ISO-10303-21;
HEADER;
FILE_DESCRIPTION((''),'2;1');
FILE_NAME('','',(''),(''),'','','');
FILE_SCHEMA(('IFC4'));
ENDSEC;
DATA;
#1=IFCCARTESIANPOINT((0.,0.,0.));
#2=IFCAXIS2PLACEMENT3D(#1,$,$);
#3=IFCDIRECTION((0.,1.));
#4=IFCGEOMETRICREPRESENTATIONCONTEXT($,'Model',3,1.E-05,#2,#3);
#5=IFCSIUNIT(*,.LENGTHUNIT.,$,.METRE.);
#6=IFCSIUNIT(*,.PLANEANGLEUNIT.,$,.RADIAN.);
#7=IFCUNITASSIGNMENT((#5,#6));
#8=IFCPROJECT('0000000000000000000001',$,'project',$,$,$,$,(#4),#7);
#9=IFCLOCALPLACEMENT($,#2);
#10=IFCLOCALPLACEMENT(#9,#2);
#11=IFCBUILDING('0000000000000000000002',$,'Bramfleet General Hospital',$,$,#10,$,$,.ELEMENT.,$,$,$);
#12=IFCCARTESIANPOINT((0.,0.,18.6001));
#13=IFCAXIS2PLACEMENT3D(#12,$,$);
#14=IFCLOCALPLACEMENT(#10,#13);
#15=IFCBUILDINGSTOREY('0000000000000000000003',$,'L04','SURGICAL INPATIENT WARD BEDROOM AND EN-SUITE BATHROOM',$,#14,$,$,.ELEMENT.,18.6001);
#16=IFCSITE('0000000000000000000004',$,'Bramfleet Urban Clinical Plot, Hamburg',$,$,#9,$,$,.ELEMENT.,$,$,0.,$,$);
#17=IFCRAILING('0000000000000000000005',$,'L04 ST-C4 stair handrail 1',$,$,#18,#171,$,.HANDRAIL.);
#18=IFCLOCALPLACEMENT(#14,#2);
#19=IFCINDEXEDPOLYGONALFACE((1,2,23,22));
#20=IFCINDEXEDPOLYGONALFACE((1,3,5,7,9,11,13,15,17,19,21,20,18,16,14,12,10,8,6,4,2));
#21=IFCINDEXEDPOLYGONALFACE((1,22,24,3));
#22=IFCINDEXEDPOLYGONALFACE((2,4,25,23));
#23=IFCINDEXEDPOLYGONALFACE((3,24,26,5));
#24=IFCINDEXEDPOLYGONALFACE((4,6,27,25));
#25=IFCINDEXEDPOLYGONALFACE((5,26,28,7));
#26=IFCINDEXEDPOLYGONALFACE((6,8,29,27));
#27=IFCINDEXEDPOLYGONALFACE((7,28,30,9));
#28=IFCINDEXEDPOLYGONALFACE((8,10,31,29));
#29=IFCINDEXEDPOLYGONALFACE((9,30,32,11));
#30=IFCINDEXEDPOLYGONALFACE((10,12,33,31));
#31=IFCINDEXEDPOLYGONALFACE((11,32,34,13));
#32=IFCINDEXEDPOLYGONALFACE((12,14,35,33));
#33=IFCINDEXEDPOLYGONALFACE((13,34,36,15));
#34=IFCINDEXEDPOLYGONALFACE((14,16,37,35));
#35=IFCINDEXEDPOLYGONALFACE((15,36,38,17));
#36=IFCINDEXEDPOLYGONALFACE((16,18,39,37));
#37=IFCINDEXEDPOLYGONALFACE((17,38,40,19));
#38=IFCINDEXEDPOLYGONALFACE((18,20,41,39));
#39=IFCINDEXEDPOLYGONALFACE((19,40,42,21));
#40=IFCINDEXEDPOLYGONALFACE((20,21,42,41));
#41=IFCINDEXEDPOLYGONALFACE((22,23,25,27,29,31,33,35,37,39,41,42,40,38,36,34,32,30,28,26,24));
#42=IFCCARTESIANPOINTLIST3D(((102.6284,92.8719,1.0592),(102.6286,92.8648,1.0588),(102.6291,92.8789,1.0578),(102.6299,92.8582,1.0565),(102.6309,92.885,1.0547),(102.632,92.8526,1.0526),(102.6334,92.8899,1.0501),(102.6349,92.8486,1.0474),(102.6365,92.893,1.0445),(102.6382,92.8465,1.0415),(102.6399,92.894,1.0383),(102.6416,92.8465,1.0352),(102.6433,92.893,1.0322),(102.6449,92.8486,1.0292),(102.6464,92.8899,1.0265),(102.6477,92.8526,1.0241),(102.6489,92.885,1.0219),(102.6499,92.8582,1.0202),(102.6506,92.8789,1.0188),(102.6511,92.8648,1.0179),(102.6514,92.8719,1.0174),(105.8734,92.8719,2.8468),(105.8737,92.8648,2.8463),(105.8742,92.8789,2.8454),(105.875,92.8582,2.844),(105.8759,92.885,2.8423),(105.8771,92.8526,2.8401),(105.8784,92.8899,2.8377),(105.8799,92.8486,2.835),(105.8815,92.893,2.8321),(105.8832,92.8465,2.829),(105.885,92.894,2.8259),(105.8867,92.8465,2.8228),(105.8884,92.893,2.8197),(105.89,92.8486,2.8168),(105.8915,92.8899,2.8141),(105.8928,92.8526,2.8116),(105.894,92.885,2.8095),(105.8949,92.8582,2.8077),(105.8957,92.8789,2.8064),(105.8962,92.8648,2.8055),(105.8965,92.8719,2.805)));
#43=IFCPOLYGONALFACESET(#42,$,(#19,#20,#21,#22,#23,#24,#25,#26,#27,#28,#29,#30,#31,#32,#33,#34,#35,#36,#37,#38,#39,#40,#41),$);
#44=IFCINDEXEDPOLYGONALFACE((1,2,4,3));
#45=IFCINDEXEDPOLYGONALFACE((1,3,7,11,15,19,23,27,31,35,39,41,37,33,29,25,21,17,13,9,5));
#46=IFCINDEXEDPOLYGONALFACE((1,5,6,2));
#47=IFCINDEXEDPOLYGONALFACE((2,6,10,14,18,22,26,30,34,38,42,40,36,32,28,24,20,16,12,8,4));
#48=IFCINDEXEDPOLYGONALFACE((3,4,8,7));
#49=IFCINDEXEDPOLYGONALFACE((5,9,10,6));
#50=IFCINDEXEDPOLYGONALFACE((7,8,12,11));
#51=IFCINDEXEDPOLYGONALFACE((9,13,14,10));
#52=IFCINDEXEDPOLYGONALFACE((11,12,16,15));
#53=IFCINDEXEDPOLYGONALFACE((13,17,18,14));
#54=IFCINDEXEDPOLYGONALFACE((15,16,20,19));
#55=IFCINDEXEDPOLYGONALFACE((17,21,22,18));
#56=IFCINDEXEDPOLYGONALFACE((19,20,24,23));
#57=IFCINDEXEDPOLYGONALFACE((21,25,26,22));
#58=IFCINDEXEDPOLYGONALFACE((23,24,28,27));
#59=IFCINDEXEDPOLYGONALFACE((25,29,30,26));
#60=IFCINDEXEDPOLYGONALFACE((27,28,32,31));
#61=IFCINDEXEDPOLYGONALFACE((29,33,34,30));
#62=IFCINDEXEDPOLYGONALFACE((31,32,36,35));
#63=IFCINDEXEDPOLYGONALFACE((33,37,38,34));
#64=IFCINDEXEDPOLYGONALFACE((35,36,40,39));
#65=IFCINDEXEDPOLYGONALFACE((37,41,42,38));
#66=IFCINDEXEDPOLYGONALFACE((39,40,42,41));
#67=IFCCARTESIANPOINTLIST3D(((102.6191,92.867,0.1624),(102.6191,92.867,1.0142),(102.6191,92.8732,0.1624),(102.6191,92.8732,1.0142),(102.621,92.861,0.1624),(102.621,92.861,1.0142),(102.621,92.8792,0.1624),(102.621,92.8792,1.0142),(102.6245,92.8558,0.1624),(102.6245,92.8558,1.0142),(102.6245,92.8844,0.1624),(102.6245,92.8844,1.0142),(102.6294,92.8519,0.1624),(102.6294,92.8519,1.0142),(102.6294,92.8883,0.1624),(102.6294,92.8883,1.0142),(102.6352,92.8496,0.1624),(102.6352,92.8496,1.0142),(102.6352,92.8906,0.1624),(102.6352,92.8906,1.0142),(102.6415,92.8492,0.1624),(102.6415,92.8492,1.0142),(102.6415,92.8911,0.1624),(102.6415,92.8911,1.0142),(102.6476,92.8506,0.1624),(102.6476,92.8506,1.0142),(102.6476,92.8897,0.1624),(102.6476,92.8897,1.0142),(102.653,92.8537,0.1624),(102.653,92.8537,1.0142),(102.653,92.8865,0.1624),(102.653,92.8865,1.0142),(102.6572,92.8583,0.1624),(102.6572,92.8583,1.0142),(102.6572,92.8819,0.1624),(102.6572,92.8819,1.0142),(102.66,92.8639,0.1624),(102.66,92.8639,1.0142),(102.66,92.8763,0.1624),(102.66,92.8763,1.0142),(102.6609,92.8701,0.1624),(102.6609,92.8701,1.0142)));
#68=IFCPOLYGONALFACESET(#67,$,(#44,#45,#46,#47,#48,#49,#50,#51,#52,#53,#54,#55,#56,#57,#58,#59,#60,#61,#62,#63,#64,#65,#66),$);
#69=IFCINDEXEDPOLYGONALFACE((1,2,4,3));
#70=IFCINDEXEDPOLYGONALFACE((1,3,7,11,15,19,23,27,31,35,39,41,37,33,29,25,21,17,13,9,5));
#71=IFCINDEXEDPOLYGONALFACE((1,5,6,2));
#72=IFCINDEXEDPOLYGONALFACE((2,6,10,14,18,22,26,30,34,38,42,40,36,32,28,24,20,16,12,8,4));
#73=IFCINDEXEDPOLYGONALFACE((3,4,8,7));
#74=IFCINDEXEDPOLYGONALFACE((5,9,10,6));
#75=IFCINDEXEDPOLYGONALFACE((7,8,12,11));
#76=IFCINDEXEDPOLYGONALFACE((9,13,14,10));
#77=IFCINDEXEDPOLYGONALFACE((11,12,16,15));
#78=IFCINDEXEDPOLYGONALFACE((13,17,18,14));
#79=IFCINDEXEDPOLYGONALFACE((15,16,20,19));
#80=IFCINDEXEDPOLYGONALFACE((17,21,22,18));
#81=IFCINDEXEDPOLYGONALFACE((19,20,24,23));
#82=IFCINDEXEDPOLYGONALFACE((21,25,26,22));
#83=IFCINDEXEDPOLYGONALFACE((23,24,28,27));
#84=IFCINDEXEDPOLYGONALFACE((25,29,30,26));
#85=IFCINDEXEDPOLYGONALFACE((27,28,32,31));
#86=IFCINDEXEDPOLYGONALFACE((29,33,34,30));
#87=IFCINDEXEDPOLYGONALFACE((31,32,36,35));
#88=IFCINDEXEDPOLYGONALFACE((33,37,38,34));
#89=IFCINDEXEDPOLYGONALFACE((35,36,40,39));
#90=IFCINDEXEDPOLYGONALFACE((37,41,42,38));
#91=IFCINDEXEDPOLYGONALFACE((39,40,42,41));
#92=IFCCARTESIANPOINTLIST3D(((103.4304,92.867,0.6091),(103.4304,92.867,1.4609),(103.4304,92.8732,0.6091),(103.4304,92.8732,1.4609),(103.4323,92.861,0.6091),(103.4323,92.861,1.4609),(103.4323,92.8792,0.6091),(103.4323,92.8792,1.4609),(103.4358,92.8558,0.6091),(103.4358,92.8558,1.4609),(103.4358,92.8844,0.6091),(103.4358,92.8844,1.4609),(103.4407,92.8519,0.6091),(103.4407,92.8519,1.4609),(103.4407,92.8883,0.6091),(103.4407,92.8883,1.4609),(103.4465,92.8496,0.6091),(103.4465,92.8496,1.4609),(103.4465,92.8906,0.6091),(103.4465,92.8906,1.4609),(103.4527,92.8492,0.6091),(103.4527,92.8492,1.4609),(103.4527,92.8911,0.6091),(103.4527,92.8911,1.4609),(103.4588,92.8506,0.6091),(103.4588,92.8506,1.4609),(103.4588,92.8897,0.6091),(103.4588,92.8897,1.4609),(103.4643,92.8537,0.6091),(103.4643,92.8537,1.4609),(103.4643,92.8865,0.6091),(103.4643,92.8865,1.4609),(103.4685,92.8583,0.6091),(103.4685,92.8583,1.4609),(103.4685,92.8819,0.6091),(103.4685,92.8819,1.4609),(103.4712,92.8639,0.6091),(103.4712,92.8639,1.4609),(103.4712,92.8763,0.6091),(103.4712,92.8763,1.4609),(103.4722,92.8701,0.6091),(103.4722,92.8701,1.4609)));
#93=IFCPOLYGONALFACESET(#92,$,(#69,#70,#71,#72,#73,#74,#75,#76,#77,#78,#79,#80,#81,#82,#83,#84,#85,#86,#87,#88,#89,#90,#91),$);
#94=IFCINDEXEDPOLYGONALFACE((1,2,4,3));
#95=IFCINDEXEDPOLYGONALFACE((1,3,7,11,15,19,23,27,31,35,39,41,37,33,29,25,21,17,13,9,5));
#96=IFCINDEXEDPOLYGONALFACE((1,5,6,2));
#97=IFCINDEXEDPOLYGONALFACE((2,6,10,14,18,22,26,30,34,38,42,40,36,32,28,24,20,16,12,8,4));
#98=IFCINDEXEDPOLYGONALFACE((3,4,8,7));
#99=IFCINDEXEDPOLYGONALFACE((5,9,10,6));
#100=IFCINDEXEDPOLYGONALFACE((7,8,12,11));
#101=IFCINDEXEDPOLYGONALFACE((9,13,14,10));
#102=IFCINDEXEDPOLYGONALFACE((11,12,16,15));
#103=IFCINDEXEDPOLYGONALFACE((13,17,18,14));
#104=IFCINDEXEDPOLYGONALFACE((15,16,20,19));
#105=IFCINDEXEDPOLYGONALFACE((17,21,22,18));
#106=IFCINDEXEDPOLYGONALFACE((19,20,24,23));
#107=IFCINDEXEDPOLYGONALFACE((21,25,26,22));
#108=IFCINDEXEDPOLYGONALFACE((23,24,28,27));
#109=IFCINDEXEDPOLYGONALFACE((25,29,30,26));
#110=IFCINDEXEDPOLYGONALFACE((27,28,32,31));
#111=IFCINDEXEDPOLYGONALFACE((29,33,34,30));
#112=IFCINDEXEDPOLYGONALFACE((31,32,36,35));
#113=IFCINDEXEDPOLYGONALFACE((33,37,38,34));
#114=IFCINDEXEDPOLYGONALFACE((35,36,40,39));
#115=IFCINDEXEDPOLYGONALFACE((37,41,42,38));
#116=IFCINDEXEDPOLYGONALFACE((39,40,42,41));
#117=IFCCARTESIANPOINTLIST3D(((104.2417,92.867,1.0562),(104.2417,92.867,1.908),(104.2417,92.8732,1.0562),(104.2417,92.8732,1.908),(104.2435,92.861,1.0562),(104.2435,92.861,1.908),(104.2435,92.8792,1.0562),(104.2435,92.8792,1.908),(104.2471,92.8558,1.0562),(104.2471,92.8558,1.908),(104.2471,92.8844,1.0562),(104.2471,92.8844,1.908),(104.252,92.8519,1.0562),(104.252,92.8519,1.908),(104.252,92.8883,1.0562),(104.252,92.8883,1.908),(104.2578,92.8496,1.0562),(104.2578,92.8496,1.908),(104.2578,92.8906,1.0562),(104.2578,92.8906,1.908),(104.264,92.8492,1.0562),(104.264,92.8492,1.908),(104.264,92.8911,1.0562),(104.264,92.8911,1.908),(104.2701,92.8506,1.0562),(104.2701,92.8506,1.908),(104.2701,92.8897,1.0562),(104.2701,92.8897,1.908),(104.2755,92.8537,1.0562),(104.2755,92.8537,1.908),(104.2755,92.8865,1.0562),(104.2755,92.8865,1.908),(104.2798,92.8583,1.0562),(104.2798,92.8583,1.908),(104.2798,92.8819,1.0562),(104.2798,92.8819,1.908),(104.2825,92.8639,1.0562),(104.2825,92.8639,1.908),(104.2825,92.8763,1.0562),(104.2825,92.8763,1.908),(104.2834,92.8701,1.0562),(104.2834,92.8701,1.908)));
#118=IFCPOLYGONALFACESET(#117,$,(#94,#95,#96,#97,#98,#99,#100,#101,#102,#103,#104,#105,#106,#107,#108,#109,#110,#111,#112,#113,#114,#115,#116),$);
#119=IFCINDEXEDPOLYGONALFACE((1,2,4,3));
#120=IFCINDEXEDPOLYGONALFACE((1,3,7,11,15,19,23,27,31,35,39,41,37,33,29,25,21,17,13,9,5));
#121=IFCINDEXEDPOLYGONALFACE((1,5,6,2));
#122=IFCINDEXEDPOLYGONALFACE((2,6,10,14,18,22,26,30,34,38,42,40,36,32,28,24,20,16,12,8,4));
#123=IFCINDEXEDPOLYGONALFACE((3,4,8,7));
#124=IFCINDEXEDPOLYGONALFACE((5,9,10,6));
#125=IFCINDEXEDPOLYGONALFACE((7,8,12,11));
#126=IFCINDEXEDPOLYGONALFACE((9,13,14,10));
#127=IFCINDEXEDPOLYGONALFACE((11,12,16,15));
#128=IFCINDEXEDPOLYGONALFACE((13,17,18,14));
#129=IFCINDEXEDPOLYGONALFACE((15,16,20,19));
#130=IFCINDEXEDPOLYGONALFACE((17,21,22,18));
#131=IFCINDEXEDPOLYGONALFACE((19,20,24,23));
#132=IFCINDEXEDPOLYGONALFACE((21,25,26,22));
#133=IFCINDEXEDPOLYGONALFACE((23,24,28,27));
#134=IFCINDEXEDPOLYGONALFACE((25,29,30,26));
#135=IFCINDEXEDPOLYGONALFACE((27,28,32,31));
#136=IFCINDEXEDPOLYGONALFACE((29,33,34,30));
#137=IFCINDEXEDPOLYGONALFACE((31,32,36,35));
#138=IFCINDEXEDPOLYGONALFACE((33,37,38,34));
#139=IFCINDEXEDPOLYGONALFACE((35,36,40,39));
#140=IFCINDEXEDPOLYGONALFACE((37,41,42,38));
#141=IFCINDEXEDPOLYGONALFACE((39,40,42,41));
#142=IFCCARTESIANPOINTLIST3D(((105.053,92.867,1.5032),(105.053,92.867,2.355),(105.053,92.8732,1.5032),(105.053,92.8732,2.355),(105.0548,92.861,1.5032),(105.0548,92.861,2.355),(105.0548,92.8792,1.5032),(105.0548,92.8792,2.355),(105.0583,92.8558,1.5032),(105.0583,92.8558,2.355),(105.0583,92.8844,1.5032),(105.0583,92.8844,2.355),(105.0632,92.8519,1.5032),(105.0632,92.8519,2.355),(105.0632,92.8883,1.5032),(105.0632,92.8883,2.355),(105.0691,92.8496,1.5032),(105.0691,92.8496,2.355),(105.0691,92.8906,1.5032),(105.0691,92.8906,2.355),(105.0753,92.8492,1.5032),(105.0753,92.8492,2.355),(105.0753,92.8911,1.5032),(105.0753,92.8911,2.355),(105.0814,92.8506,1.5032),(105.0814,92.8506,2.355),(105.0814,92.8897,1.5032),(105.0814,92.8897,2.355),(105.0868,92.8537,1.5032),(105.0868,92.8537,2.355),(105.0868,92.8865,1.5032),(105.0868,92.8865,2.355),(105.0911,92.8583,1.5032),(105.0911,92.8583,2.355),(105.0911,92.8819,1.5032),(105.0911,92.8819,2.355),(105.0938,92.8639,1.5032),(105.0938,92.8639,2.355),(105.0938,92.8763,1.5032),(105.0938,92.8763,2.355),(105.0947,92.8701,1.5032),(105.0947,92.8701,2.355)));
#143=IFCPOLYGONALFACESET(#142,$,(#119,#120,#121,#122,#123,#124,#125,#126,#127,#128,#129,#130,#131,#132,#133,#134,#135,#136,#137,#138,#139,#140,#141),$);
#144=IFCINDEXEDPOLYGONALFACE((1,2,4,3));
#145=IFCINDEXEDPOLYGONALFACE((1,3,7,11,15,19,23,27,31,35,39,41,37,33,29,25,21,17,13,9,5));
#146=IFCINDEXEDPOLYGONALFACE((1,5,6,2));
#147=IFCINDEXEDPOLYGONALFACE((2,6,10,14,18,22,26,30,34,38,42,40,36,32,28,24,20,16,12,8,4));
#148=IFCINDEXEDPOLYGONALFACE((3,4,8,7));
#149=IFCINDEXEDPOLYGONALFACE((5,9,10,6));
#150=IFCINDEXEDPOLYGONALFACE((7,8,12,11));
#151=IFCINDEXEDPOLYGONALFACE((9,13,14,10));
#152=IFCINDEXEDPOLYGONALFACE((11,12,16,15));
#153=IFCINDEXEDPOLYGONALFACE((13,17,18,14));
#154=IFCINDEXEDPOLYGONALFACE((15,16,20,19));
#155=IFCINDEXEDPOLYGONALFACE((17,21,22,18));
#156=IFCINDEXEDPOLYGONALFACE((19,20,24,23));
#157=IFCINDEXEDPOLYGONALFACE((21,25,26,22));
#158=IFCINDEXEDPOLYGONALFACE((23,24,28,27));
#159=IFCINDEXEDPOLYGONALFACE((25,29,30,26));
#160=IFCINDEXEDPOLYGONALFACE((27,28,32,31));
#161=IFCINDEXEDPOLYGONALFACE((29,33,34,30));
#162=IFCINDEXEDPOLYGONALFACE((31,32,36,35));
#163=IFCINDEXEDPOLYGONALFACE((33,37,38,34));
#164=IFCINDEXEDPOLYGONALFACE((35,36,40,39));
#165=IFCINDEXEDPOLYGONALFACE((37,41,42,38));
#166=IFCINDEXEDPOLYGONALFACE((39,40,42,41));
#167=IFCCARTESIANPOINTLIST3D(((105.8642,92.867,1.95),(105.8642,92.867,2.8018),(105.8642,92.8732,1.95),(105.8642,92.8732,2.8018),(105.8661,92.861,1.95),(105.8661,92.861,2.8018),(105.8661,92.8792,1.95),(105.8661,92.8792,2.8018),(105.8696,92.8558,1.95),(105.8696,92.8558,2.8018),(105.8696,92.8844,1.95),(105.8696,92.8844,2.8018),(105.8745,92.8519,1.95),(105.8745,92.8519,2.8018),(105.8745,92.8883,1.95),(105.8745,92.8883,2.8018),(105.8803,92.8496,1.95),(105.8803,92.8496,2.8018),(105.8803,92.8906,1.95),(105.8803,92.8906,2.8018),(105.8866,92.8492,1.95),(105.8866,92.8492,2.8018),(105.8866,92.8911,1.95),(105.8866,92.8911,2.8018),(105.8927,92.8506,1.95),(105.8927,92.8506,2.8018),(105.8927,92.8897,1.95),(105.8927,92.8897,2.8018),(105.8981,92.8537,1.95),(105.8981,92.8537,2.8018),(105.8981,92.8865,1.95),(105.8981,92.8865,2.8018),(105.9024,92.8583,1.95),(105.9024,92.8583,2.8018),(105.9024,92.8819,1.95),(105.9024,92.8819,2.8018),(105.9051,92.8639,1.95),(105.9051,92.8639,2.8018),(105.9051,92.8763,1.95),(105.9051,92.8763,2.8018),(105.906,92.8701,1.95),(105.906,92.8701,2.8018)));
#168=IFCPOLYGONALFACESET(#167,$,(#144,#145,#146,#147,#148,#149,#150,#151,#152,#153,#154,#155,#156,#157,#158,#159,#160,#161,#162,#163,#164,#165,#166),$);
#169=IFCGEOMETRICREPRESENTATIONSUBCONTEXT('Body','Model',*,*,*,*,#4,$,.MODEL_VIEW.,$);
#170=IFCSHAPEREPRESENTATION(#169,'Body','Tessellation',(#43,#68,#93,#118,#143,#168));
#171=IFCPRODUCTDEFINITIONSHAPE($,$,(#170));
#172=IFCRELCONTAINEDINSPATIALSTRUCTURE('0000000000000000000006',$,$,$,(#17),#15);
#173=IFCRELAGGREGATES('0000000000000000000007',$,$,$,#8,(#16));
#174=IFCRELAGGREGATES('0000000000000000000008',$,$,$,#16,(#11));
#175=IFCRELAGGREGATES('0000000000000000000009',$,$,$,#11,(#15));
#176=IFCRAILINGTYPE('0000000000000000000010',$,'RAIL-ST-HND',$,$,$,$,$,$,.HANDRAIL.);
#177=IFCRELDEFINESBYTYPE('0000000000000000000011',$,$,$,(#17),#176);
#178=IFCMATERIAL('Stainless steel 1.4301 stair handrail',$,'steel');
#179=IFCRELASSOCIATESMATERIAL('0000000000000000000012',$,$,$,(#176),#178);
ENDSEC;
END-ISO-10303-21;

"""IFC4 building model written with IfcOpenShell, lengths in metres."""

from ifc_helpers import new_model, si_unit, direction, frame, origin, origin_2d, place, context, subcontext, project, spatial, circle, extrude, material, type_object, element, save


model = new_model("IFC4")

# Units and contexts
model_context = context("Model", 3, precision=1e-05, world=origin(), true_north=direction((0.0, 1.0)))
body_context = subcontext(model_context, "Body", "Model", "MODEL_VIEW")
ifc_project = project(units=[si_unit("LENGTHUNIT", "METRE"), si_unit("PLANEANGLEUNIT", "RADIAN")], contexts=[model_context])

# Site, building, storey
site_placement = place(None, origin())
site = spatial("IfcSite", under=ifc_project, at=site_placement, Name="Bramfleet Urban Clinical Plot, Hamburg", CompositionType="ELEMENT", RefElevation=0.0)
building_placement = place(site_placement, origin())
building = spatial("IfcBuilding", under=site, at=building_placement, Name="Bramfleet General Hospital", CompositionType="ELEMENT")
storey_placement = place(building_placement, frame((0.0, 0.0, 18.6001)))
storey = spatial("IfcBuildingStorey", under=building, at=storey_placement, Name="L04", Description="SURGICAL INPATIENT WARD BEDROOM AND EN-SUITE BATHROOM", CompositionType="ELEMENT", Elevation=18.6001)

# Railing
ifc_material_1 = material(Name="Stainless steel 1.4301 stair handrail", Category="steel")
railing_type_1 = type_object("IfcRailingType", Name="RAIL-ST-HND", PredefinedType="HANDRAIL", material=ifc_material_1)
railing_1_placement = place(storey_placement, frame((102.6399, 92.8701, 0.1624)))
element("IfcRailing", 1, at=railing_1_placement, inside=storey, type_object=railing_type_1, Name="L04 ST-C4 stair handrail 1", PredefinedType="HANDRAIL", context=body_context, shape_type="SweptSolid", body=[
    extrude(circle(Radius=0.0239, at=origin_2d()), frame((0.0, 0.0, 0.876), z_axis=(0.875899, 0.0, 0.482495), x_axis=(0.0, 1.0, 0.0)), (0.0, 0.0, 1.0), 3.7048),
    extrude(circle(Radius=0.021, at=origin_2d()), origin(), (0.0, 0.0, 1.0), 0.8518),
    extrude(circle(Radius=0.021, at=origin_2d()), frame((0.8113, 0.0, 0.4468)), (0.0, 0.0, 1.0), 0.8518),
    extrude(circle(Radius=0.021, at=origin_2d()), frame((1.6226, 0.0, 0.8938)), (0.0, 0.0, 1.0), 0.8518),
    extrude(circle(Radius=0.021, at=origin_2d()), frame((2.4338, 0.0, 1.3408)), (0.0, 0.0, 1.0), 0.8518),
    extrude(circle(Radius=0.021, at=origin_2d()), frame((3.2451, 0.0, 1.7876)), (0.0, 0.0, 1.0), 0.8518),
])

save(model, "model.ifc")
